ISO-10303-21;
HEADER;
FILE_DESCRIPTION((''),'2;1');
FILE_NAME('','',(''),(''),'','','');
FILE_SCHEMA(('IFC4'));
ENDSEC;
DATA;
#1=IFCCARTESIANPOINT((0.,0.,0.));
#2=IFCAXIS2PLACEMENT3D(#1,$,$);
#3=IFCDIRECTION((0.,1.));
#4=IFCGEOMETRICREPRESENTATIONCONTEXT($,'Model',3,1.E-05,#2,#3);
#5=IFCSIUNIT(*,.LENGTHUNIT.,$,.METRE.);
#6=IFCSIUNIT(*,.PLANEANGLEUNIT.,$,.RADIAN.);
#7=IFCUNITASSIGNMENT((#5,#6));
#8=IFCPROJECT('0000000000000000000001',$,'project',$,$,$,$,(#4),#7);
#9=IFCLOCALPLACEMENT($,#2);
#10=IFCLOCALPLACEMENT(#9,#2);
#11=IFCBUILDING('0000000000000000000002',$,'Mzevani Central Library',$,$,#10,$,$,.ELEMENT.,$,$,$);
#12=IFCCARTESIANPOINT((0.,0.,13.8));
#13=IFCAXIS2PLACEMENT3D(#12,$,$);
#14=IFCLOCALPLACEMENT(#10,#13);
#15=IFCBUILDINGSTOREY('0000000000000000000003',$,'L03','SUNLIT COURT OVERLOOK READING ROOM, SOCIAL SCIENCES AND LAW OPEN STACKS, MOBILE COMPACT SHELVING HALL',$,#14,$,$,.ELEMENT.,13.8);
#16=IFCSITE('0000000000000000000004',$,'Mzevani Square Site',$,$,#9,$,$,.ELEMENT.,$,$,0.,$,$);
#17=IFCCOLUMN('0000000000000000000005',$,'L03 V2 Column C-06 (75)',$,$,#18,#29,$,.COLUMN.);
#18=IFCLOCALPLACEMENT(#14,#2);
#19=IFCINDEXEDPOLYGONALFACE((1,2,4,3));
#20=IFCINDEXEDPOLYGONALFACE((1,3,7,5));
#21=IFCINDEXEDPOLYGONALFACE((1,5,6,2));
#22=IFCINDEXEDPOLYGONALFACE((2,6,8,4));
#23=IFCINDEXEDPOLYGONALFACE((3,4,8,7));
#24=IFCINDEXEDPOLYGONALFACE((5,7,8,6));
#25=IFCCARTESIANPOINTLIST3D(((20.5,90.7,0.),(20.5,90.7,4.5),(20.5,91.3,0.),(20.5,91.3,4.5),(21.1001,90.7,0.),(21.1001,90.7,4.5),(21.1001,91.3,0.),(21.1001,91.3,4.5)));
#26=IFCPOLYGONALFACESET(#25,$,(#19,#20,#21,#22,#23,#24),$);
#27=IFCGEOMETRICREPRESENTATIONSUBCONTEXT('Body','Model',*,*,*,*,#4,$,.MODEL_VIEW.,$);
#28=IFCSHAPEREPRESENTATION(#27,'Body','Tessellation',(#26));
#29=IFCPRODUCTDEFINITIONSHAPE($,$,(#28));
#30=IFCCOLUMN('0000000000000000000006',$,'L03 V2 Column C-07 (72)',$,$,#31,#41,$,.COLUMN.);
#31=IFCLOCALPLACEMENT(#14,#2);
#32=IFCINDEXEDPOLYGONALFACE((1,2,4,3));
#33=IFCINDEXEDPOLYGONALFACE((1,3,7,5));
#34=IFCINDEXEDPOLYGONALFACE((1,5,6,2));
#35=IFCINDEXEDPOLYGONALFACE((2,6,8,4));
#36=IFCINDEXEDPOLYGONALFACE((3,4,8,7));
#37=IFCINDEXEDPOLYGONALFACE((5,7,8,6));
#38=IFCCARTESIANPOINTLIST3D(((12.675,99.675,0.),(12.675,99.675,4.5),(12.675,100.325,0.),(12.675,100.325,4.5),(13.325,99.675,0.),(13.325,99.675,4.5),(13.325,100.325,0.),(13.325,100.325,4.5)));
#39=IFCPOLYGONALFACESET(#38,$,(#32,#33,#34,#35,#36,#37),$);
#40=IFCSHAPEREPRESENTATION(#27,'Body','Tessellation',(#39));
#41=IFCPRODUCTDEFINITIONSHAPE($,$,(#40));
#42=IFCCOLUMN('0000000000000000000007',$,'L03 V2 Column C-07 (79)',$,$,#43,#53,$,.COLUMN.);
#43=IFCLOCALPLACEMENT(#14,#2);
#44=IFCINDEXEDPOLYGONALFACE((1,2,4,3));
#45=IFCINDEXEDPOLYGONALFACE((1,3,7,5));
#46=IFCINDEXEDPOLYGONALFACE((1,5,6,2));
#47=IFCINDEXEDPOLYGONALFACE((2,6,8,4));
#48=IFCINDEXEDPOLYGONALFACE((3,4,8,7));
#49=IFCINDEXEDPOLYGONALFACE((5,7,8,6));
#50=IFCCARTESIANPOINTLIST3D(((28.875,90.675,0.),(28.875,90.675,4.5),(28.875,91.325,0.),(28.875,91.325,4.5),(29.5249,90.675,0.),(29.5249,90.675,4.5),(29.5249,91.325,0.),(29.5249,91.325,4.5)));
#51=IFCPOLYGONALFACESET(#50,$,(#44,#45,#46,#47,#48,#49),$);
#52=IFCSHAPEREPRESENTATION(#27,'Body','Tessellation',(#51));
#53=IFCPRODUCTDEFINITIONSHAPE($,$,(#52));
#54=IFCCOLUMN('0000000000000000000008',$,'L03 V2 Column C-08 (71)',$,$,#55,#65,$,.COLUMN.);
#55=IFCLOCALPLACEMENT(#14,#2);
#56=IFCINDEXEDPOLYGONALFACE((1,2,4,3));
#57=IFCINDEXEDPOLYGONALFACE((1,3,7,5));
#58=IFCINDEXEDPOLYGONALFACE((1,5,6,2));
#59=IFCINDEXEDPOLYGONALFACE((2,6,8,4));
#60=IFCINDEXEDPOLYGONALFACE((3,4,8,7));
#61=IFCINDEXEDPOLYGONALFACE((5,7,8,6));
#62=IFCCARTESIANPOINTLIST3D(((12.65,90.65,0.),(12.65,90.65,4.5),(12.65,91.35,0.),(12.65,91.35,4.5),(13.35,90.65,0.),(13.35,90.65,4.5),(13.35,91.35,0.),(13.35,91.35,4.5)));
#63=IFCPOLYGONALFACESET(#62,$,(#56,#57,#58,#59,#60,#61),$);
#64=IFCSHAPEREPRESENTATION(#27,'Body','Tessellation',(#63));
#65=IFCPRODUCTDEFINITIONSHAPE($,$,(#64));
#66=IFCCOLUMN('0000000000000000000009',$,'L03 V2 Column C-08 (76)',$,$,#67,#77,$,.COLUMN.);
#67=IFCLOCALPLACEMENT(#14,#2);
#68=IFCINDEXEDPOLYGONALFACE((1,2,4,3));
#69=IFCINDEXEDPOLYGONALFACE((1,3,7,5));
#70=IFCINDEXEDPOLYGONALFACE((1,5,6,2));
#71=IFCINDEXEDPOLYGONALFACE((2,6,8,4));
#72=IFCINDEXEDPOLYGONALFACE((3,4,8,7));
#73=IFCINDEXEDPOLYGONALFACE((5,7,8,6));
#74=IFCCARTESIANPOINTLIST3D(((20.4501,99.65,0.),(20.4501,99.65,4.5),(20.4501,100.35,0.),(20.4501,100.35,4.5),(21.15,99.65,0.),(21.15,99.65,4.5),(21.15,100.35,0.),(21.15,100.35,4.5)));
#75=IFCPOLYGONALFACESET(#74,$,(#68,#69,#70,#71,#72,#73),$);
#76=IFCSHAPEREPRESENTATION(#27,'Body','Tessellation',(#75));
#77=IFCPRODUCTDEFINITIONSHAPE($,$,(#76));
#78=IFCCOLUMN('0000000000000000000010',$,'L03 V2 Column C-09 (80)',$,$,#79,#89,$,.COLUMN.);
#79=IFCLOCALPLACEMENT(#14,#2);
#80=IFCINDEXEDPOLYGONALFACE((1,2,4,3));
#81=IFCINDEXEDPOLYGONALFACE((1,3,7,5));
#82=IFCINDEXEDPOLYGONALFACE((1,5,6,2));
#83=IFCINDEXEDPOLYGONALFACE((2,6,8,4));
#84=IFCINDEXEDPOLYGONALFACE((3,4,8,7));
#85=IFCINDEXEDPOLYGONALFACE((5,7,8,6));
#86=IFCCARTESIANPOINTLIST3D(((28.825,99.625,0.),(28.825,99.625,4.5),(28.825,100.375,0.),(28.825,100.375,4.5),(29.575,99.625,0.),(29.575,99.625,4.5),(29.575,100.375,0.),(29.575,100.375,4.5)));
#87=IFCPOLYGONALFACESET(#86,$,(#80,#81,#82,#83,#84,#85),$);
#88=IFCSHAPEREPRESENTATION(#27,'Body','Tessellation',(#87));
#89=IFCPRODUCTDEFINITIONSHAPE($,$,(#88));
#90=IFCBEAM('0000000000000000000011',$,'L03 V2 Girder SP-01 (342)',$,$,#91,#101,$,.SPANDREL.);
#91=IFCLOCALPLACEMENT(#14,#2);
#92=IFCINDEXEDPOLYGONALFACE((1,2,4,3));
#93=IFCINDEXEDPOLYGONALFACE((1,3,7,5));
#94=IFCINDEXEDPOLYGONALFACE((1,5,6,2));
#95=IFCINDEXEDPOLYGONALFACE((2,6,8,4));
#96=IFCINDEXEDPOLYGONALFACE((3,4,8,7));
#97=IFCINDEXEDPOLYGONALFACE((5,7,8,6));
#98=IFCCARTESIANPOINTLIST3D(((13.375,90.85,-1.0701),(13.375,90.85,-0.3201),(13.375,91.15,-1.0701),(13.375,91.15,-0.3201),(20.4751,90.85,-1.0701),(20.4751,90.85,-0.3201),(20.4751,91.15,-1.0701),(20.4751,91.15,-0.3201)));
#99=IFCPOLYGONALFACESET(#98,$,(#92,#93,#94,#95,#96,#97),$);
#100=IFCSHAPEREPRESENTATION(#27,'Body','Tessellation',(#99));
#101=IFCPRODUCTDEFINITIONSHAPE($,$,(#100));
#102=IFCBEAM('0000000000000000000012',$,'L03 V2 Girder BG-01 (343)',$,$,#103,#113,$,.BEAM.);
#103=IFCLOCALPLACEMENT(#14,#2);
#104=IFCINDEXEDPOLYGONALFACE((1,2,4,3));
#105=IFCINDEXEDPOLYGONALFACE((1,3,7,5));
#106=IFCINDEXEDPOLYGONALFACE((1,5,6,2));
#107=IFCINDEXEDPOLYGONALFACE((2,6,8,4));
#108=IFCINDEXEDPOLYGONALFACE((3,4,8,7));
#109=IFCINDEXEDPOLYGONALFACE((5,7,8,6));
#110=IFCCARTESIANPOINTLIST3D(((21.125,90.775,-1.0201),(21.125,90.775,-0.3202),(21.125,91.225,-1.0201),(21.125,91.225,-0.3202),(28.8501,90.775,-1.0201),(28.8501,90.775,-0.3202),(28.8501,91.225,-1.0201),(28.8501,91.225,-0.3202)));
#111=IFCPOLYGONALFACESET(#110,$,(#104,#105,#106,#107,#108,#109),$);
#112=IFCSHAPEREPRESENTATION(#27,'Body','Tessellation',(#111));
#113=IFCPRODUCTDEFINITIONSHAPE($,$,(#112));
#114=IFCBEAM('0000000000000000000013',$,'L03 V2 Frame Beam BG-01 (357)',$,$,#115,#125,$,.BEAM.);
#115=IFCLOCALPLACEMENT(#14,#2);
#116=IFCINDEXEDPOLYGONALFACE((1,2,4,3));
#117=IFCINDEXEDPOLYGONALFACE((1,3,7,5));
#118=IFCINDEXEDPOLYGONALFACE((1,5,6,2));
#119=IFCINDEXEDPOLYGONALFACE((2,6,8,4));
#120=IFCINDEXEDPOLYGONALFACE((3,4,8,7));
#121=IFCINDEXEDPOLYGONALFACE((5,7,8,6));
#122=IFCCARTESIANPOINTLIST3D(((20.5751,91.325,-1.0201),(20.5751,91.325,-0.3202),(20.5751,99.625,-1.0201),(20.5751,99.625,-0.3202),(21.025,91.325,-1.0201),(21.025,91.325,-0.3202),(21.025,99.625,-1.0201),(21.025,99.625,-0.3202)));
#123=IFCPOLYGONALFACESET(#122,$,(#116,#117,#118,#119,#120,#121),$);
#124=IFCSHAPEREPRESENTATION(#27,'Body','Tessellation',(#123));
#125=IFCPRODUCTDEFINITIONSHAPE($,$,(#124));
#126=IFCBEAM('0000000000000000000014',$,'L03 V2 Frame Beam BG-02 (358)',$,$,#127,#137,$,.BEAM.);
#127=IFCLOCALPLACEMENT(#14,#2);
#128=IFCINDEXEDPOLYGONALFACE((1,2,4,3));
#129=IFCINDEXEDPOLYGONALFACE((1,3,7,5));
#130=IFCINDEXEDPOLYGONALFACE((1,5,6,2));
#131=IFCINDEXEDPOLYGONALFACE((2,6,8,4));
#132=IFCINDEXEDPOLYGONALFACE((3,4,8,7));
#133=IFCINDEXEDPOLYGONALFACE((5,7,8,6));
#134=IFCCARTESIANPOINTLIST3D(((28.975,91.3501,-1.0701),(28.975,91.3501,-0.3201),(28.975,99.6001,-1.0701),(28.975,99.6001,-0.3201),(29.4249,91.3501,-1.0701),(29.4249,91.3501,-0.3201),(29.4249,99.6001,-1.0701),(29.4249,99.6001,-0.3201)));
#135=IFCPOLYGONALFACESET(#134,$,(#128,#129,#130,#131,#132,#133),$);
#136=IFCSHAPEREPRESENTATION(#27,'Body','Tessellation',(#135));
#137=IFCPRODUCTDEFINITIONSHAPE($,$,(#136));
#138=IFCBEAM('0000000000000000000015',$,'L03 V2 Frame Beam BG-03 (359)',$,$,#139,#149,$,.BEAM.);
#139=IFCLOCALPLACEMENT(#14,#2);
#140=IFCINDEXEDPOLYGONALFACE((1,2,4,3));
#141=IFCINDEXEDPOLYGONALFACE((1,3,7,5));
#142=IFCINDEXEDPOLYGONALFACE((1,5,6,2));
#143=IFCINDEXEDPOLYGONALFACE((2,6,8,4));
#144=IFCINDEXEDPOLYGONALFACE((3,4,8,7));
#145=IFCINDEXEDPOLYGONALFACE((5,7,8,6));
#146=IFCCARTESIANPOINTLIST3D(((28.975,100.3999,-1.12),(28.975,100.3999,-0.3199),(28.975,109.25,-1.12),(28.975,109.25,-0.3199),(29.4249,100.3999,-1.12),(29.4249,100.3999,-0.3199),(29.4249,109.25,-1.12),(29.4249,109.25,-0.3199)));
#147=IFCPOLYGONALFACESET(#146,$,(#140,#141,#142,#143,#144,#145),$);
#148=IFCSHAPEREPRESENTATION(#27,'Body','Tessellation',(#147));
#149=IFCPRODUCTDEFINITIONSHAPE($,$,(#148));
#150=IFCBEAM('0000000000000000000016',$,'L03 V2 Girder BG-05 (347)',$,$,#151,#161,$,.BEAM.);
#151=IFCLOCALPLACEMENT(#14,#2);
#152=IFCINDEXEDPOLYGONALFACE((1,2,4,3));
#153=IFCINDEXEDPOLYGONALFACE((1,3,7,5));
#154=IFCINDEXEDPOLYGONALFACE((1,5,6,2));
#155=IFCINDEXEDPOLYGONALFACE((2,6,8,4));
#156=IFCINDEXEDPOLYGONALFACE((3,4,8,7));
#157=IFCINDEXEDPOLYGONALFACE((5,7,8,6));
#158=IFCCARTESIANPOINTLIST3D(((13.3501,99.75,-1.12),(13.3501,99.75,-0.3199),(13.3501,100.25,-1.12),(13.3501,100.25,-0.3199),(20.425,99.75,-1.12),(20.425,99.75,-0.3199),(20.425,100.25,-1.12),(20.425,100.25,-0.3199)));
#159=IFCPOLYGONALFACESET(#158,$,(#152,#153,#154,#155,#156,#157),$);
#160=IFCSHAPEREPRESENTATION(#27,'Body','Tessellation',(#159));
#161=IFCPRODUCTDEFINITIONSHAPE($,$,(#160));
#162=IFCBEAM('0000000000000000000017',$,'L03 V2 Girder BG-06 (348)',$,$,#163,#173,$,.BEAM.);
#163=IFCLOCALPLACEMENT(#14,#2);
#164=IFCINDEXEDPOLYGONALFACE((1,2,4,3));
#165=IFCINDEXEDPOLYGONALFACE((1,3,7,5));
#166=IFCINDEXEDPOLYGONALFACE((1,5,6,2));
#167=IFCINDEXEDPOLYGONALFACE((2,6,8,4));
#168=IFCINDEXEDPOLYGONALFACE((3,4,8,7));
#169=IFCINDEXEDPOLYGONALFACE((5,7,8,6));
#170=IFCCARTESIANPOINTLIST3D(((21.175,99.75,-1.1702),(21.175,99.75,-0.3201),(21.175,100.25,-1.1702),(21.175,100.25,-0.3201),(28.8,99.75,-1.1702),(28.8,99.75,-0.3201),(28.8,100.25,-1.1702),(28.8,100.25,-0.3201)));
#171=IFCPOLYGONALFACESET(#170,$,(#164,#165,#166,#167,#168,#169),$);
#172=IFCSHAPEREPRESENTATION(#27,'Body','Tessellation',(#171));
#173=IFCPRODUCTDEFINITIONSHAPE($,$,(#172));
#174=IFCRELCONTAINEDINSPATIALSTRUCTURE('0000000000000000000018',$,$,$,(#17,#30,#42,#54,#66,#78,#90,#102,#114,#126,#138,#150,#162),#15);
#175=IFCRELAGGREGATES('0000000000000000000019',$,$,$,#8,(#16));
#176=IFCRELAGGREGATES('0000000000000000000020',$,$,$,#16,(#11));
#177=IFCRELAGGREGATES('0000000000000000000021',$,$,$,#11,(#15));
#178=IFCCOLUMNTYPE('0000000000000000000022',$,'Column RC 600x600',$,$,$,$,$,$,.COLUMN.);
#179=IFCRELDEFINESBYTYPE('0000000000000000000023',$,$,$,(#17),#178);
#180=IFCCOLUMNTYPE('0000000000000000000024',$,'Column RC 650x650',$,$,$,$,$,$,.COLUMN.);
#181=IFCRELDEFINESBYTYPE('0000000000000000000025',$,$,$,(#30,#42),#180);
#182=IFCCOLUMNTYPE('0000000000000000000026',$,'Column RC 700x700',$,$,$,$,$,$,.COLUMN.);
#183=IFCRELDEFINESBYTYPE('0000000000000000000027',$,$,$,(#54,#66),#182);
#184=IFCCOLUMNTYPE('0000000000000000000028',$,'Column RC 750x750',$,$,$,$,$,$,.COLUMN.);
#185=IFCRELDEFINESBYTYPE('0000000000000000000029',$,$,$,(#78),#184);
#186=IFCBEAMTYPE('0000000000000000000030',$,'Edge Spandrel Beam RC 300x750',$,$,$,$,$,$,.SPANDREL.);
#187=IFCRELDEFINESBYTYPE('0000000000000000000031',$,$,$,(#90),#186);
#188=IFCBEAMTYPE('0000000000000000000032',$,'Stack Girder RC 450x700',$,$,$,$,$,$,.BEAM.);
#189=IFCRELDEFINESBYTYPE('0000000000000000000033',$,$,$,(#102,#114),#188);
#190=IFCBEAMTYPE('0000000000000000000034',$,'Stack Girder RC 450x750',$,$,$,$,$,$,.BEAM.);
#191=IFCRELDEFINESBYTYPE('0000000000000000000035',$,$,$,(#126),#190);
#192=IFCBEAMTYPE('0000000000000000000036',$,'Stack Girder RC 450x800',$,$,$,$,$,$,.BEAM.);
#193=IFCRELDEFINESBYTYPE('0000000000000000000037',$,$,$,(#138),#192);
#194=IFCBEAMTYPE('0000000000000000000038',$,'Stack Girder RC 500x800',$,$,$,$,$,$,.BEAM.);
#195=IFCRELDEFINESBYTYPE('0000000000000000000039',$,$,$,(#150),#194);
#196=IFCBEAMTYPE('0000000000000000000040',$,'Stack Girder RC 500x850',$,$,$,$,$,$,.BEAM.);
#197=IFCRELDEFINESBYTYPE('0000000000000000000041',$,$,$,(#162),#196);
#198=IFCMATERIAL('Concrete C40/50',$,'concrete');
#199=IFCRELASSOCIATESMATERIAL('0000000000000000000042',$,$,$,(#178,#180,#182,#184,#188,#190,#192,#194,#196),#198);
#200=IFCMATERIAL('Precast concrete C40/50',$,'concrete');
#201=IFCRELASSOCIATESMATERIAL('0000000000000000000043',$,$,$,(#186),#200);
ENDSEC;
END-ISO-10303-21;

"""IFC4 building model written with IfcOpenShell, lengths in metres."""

from ifc_helpers import new_model, si_unit, direction, frame, origin, origin_2d, place, context, subcontext, project, spatial, rectangle, extrude, material, material_profile, profile_set, type_object, element, save


model = new_model("IFC4")

# Units and contexts
model_context = context("Model", 3, precision=1e-05, world=origin(), true_north=direction((0.0, 1.0)))
body_context = subcontext(model_context, "Body", "Model", "MODEL_VIEW")
ifc_project = project(units=[si_unit("LENGTHUNIT", "METRE"), si_unit("PLANEANGLEUNIT", "RADIAN")], contexts=[model_context])

# Site, building, storey
site_placement = place(None, origin())
site = spatial("IfcSite", under=ifc_project, at=site_placement, Name="Mzevani Square Site", CompositionType="ELEMENT", RefElevation=0.0)
building_placement = place(site_placement, origin())
building = spatial("IfcBuilding", under=site, at=building_placement, Name="Mzevani Central Library", CompositionType="ELEMENT")
storey_placement = place(building_placement, frame((0.0, 0.0, 13.8)))
storey = spatial("IfcBuildingStorey", under=building, at=storey_placement, Name="L03", Description="SUNLIT COURT OVERLOOK READING ROOM, SOCIAL SCIENCES AND LAW OPEN STACKS, MOBILE COMPACT SHELVING HALL", CompositionType="ELEMENT", Elevation=13.8)

# Columns
ifc_material_1 = material(Name="Concrete C40/50", Category="concrete")
ifc_material_profile_1 = material_profile(ifc_material_1, rectangle(XDim=0.6001, YDim=0.6001, at=origin_2d()), Name="RC 600x600")
ifc_profile_set_1 = profile_set([ifc_material_profile_1], Name="Concrete C40/50")
column_type_1 = type_object("IfcColumnType", Name="Column RC 600x600", PredefinedType="COLUMN", material=ifc_profile_set_1)
column_1_placement = place(storey_placement, frame((20.8, 91.0, 0.0), z_axis=(0.0, 0.0, 1.0), x_axis=(1.0, 0.0, 0.0)))
element("IfcColumn", 1, at=column_1_placement, inside=storey, type_object=column_type_1, Name="L03 V2 Column C-06 (75)", PredefinedType="COLUMN", context=body_context, shape_type="SweptSolid", body=[
    extrude(rectangle(XDim=0.6001, YDim=0.6001, at=origin_2d()), origin(), (0.0, 0.0, 1.0), 4.5),
])
ifc_material_profile_2 = material_profile(ifc_material_1, rectangle(XDim=0.6499, YDim=0.6499, at=origin_2d()), Name="RC 650x650")
ifc_profile_set_2 = profile_set([ifc_material_profile_2], Name="Concrete C40/50")
column_type_2 = type_object("IfcColumnType", Name="Column RC 650x650", PredefinedType="COLUMN", material=ifc_profile_set_2)
for number, where, z_axis, x_axis, name in (
    (2, (13.0, 100.0, 0.0), (0.0, 0.0, 1.0), (1.0, 0.0, 0.0), "L03 V2 Column C-07 (72)"),
    (3, (29.2, 91.0, 0.0), (0.0, 0.0, 1.0), (1.0, 0.0, 0.0), "L03 V2 Column C-07 (79)"),
):
    element("IfcColumn", number, at=place(storey_placement, frame(where, z_axis=z_axis, x_axis=x_axis)), inside=storey, type_object=column_type_2, Name=name, PredefinedType="COLUMN", context=body_context, shape_type="SweptSolid", body=[
        extrude(rectangle(XDim=0.6499, YDim=0.6499, at=origin_2d()), origin(), (0.0, 0.0, 1.0), 4.5),
    ])
ifc_material_profile_3 = material_profile(ifc_material_1, rectangle(XDim=0.7, YDim=0.7, at=origin_2d()), Name="RC 700x700")
ifc_profile_set_3 = profile_set([ifc_material_profile_3], Name="Concrete C40/50")
column_type_3 = type_object("IfcColumnType", Name="Column RC 700x700", PredefinedType="COLUMN", material=ifc_profile_set_3)
for number, where, z_axis, x_axis, name in (
    (4, (13.0, 91.0, 0.0), (0.0, 0.0, 1.0), (1.0, 0.0, 0.0), "L03 V2 Column C-08 (71)"),
    (5, (20.8, 100.0, 0.0), (0.0, 0.0, 1.0), (1.0, 0.0, 0.0), "L03 V2 Column C-08 (76)"),
):
    element("IfcColumn", number, at=place(storey_placement, frame(where, z_axis=z_axis, x_axis=x_axis)), inside=storey, type_object=column_type_3, Name=name, PredefinedType="COLUMN", context=body_context, shape_type="SweptSolid", body=[
        extrude(rectangle(XDim=0.7, YDim=0.7, at=origin_2d()), origin(), (0.0, 0.0, 1.0), 4.5),
    ])
ifc_material_profile_4 = material_profile(ifc_material_1, rectangle(XDim=0.75, YDim=0.75, at=origin_2d()), Name="RC 750x750")
ifc_profile_set_4 = profile_set([ifc_material_profile_4], Name="Concrete C40/50")
column_type_4 = type_object("IfcColumnType", Name="Column RC 750x750", PredefinedType="COLUMN", material=ifc_profile_set_4)
column_2_placement = place(storey_placement, frame((29.2, 100.0, 0.0), z_axis=(0.0, 0.0, 1.0), x_axis=(1.0, 0.0, 0.0)))
element("IfcColumn", 6, at=column_2_placement, inside=storey, type_object=column_type_4, Name="L03 V2 Column C-09 (80)", PredefinedType="COLUMN", context=body_context, shape_type="SweptSolid", body=[
    extrude(rectangle(XDim=0.75, YDim=0.75, at=origin_2d()), origin(), (0.0, 0.0, 1.0), 4.5),
])

# Beams
ifc_material_2 = material(Name="Precast concrete C40/50", Category="concrete")
ifc_material_profile_5 = material_profile(ifc_material_2, rectangle(XDim=0.3, YDim=0.75, at=origin_2d()), Name="RC SP300x750")
ifc_profile_set_5 = profile_set([ifc_material_profile_5], Name="Precast concrete C40/50")
beam_type_1 = type_object("IfcBeamType", Name="Edge Spandrel Beam RC 300x750", PredefinedType="SPANDREL", material=ifc_profile_set_5)
beam_1_placement = place(storey_placement, frame((13.375, 91.0, -0.6951), z_axis=(1.0, 0.0, 0.0), x_axis=(0.0, 1.0, 0.0)))
element("IfcBeam", 7, at=beam_1_placement, inside=storey, type_object=beam_type_1, Name="L03 V2 Girder SP-01 (342)", PredefinedType="SPANDREL", context=body_context, shape_type="SweptSolid", body=[
    extrude(rectangle(XDim=0.3, YDim=0.75, at=origin_2d()), origin(), (0.0, 0.0, 1.0), 7.1001),
])
ifc_material_profile_6 = material_profile(ifc_material_1, rectangle(XDim=0.45, YDim=0.7, at=origin_2d()), Name="RC B450x700")
ifc_profile_set_6 = profile_set([ifc_material_profile_6], Name="Concrete C40/50")
beam_type_2 = type_object("IfcBeamType", Name="Stack Girder RC 450x700", PredefinedType="BEAM", material=ifc_profile_set_6)
beam_2_placement = place(storey_placement, frame((21.125, 91.0, -0.6702), z_axis=(1.0, 0.0, 0.0), x_axis=(0.0, 1.0, 0.0)))
element("IfcBeam", 8, at=beam_2_placement, inside=storey, type_object=beam_type_2, Name="L03 V2 Girder BG-01 (343)", PredefinedType="BEAM", context=body_context, shape_type="SweptSolid", body=[
    extrude(rectangle(XDim=0.45, YDim=0.7, at=origin_2d()), origin(), (0.0, 0.0, 1.0), 7.7251),
])
beam_3_placement = place(storey_placement, frame((20.8, 91.325, -0.6702), z_axis=(0.0, 1.0, 0.0), x_axis=(-1.0, 0.0, 0.0)))
element("IfcBeam", 9, at=beam_3_placement, inside=storey, type_object=beam_type_2, Name="L03 V2 Frame Beam BG-01 (357)", PredefinedType="BEAM", context=body_context, shape_type="SweptSolid", body=[
    extrude(rectangle(XDim=0.45, YDim=0.7, at=origin_2d()), origin(), (0.0, 0.0, 1.0), 8.3),
])
ifc_material_profile_7 = material_profile(ifc_material_1, rectangle(XDim=0.45, YDim=0.75, at=origin_2d()), Name="RC B450x750")
ifc_profile_set_7 = profile_set([ifc_material_profile_7], Name="Concrete C40/50")
beam_type_3 = type_object("IfcBeamType", Name="Stack Girder RC 450x750", PredefinedType="BEAM", material=ifc_profile_set_7)
beam_4_placement = place(storey_placement, frame((29.2, 91.3501, -0.6951), z_axis=(0.0, 1.0, 0.0), x_axis=(-1.0, 0.0, 0.0)))
element("IfcBeam", 10, at=beam_4_placement, inside=storey, type_object=beam_type_3, Name="L03 V2 Frame Beam BG-02 (358)", PredefinedType="BEAM", context=body_context, shape_type="SweptSolid", body=[
    extrude(rectangle(XDim=0.45, YDim=0.75, at=origin_2d()), origin(), (0.0, 0.0, 1.0), 8.25),
])
ifc_material_profile_8 = material_profile(ifc_material_1, rectangle(XDim=0.45, YDim=0.8, at=origin_2d()), Name="RC B450x800")
ifc_profile_set_8 = profile_set([ifc_material_profile_8], Name="Concrete C40/50")
beam_type_4 = type_object("IfcBeamType", Name="Stack Girder RC 450x800", PredefinedType="BEAM", material=ifc_profile_set_8)
beam_5_placement = place(storey_placement, frame((29.2, 100.3999, -0.72), z_axis=(0.0, 1.0, 0.0), x_axis=(-1.0, 0.0, 0.0)))
element("IfcBeam", 11, at=beam_5_placement, inside=storey, type_object=beam_type_4, Name="L03 V2 Frame Beam BG-03 (359)", PredefinedType="BEAM", context=body_context, shape_type="SweptSolid", body=[
    extrude(rectangle(XDim=0.45, YDim=0.8, at=origin_2d()), origin(), (0.0, 0.0, 1.0), 8.8501),
])
ifc_material_profile_9 = material_profile(ifc_material_1, rectangle(XDim=0.5, YDim=0.8, at=origin_2d()), Name="RC B500x800")
ifc_profile_set_9 = profile_set([ifc_material_profile_9], Name="Concrete C40/50")
beam_type_5 = type_object("IfcBeamType", Name="Stack Girder RC 500x800", PredefinedType="BEAM", material=ifc_profile_set_9)
beam_6_placement = place(storey_placement, frame((13.3501, 100.0, -0.72), z_axis=(1.0, 0.0, 0.0), x_axis=(0.0, 1.0, 0.0)))
element("IfcBeam", 12, at=beam_6_placement, inside=storey, type_object=beam_type_5, Name="L03 V2 Girder BG-05 (347)", PredefinedType="BEAM", context=body_context, shape_type="SweptSolid", body=[
    extrude(rectangle(XDim=0.5, YDim=0.8, at=origin_2d()), origin(), (0.0, 0.0, 1.0), 7.075),
])
ifc_material_profile_10 = material_profile(ifc_material_1, rectangle(XDim=0.5, YDim=0.8501, at=origin_2d()), Name="RC B500x850")
ifc_profile_set_10 = profile_set([ifc_material_profile_10], Name="Concrete C40/50")
beam_type_6 = type_object("IfcBeamType", Name="Stack Girder RC 500x850", PredefinedType="BEAM", material=ifc_profile_set_10)
beam_7_placement = place(storey_placement, frame((21.175, 100.0, -0.7451), z_axis=(1.0, 0.0, 0.0), x_axis=(0.0, 1.0, 0.0)))
element("IfcBeam", 13, at=beam_7_placement, inside=storey, type_object=beam_type_6, Name="L03 V2 Girder BG-06 (348)", PredefinedType="BEAM", context=body_context, shape_type="SweptSolid", body=[
    extrude(rectangle(XDim=0.5, YDim=0.8501, at=origin_2d()), origin(), (0.0, 0.0, 1.0), 7.625),
])

save(model, "model.ifc")
